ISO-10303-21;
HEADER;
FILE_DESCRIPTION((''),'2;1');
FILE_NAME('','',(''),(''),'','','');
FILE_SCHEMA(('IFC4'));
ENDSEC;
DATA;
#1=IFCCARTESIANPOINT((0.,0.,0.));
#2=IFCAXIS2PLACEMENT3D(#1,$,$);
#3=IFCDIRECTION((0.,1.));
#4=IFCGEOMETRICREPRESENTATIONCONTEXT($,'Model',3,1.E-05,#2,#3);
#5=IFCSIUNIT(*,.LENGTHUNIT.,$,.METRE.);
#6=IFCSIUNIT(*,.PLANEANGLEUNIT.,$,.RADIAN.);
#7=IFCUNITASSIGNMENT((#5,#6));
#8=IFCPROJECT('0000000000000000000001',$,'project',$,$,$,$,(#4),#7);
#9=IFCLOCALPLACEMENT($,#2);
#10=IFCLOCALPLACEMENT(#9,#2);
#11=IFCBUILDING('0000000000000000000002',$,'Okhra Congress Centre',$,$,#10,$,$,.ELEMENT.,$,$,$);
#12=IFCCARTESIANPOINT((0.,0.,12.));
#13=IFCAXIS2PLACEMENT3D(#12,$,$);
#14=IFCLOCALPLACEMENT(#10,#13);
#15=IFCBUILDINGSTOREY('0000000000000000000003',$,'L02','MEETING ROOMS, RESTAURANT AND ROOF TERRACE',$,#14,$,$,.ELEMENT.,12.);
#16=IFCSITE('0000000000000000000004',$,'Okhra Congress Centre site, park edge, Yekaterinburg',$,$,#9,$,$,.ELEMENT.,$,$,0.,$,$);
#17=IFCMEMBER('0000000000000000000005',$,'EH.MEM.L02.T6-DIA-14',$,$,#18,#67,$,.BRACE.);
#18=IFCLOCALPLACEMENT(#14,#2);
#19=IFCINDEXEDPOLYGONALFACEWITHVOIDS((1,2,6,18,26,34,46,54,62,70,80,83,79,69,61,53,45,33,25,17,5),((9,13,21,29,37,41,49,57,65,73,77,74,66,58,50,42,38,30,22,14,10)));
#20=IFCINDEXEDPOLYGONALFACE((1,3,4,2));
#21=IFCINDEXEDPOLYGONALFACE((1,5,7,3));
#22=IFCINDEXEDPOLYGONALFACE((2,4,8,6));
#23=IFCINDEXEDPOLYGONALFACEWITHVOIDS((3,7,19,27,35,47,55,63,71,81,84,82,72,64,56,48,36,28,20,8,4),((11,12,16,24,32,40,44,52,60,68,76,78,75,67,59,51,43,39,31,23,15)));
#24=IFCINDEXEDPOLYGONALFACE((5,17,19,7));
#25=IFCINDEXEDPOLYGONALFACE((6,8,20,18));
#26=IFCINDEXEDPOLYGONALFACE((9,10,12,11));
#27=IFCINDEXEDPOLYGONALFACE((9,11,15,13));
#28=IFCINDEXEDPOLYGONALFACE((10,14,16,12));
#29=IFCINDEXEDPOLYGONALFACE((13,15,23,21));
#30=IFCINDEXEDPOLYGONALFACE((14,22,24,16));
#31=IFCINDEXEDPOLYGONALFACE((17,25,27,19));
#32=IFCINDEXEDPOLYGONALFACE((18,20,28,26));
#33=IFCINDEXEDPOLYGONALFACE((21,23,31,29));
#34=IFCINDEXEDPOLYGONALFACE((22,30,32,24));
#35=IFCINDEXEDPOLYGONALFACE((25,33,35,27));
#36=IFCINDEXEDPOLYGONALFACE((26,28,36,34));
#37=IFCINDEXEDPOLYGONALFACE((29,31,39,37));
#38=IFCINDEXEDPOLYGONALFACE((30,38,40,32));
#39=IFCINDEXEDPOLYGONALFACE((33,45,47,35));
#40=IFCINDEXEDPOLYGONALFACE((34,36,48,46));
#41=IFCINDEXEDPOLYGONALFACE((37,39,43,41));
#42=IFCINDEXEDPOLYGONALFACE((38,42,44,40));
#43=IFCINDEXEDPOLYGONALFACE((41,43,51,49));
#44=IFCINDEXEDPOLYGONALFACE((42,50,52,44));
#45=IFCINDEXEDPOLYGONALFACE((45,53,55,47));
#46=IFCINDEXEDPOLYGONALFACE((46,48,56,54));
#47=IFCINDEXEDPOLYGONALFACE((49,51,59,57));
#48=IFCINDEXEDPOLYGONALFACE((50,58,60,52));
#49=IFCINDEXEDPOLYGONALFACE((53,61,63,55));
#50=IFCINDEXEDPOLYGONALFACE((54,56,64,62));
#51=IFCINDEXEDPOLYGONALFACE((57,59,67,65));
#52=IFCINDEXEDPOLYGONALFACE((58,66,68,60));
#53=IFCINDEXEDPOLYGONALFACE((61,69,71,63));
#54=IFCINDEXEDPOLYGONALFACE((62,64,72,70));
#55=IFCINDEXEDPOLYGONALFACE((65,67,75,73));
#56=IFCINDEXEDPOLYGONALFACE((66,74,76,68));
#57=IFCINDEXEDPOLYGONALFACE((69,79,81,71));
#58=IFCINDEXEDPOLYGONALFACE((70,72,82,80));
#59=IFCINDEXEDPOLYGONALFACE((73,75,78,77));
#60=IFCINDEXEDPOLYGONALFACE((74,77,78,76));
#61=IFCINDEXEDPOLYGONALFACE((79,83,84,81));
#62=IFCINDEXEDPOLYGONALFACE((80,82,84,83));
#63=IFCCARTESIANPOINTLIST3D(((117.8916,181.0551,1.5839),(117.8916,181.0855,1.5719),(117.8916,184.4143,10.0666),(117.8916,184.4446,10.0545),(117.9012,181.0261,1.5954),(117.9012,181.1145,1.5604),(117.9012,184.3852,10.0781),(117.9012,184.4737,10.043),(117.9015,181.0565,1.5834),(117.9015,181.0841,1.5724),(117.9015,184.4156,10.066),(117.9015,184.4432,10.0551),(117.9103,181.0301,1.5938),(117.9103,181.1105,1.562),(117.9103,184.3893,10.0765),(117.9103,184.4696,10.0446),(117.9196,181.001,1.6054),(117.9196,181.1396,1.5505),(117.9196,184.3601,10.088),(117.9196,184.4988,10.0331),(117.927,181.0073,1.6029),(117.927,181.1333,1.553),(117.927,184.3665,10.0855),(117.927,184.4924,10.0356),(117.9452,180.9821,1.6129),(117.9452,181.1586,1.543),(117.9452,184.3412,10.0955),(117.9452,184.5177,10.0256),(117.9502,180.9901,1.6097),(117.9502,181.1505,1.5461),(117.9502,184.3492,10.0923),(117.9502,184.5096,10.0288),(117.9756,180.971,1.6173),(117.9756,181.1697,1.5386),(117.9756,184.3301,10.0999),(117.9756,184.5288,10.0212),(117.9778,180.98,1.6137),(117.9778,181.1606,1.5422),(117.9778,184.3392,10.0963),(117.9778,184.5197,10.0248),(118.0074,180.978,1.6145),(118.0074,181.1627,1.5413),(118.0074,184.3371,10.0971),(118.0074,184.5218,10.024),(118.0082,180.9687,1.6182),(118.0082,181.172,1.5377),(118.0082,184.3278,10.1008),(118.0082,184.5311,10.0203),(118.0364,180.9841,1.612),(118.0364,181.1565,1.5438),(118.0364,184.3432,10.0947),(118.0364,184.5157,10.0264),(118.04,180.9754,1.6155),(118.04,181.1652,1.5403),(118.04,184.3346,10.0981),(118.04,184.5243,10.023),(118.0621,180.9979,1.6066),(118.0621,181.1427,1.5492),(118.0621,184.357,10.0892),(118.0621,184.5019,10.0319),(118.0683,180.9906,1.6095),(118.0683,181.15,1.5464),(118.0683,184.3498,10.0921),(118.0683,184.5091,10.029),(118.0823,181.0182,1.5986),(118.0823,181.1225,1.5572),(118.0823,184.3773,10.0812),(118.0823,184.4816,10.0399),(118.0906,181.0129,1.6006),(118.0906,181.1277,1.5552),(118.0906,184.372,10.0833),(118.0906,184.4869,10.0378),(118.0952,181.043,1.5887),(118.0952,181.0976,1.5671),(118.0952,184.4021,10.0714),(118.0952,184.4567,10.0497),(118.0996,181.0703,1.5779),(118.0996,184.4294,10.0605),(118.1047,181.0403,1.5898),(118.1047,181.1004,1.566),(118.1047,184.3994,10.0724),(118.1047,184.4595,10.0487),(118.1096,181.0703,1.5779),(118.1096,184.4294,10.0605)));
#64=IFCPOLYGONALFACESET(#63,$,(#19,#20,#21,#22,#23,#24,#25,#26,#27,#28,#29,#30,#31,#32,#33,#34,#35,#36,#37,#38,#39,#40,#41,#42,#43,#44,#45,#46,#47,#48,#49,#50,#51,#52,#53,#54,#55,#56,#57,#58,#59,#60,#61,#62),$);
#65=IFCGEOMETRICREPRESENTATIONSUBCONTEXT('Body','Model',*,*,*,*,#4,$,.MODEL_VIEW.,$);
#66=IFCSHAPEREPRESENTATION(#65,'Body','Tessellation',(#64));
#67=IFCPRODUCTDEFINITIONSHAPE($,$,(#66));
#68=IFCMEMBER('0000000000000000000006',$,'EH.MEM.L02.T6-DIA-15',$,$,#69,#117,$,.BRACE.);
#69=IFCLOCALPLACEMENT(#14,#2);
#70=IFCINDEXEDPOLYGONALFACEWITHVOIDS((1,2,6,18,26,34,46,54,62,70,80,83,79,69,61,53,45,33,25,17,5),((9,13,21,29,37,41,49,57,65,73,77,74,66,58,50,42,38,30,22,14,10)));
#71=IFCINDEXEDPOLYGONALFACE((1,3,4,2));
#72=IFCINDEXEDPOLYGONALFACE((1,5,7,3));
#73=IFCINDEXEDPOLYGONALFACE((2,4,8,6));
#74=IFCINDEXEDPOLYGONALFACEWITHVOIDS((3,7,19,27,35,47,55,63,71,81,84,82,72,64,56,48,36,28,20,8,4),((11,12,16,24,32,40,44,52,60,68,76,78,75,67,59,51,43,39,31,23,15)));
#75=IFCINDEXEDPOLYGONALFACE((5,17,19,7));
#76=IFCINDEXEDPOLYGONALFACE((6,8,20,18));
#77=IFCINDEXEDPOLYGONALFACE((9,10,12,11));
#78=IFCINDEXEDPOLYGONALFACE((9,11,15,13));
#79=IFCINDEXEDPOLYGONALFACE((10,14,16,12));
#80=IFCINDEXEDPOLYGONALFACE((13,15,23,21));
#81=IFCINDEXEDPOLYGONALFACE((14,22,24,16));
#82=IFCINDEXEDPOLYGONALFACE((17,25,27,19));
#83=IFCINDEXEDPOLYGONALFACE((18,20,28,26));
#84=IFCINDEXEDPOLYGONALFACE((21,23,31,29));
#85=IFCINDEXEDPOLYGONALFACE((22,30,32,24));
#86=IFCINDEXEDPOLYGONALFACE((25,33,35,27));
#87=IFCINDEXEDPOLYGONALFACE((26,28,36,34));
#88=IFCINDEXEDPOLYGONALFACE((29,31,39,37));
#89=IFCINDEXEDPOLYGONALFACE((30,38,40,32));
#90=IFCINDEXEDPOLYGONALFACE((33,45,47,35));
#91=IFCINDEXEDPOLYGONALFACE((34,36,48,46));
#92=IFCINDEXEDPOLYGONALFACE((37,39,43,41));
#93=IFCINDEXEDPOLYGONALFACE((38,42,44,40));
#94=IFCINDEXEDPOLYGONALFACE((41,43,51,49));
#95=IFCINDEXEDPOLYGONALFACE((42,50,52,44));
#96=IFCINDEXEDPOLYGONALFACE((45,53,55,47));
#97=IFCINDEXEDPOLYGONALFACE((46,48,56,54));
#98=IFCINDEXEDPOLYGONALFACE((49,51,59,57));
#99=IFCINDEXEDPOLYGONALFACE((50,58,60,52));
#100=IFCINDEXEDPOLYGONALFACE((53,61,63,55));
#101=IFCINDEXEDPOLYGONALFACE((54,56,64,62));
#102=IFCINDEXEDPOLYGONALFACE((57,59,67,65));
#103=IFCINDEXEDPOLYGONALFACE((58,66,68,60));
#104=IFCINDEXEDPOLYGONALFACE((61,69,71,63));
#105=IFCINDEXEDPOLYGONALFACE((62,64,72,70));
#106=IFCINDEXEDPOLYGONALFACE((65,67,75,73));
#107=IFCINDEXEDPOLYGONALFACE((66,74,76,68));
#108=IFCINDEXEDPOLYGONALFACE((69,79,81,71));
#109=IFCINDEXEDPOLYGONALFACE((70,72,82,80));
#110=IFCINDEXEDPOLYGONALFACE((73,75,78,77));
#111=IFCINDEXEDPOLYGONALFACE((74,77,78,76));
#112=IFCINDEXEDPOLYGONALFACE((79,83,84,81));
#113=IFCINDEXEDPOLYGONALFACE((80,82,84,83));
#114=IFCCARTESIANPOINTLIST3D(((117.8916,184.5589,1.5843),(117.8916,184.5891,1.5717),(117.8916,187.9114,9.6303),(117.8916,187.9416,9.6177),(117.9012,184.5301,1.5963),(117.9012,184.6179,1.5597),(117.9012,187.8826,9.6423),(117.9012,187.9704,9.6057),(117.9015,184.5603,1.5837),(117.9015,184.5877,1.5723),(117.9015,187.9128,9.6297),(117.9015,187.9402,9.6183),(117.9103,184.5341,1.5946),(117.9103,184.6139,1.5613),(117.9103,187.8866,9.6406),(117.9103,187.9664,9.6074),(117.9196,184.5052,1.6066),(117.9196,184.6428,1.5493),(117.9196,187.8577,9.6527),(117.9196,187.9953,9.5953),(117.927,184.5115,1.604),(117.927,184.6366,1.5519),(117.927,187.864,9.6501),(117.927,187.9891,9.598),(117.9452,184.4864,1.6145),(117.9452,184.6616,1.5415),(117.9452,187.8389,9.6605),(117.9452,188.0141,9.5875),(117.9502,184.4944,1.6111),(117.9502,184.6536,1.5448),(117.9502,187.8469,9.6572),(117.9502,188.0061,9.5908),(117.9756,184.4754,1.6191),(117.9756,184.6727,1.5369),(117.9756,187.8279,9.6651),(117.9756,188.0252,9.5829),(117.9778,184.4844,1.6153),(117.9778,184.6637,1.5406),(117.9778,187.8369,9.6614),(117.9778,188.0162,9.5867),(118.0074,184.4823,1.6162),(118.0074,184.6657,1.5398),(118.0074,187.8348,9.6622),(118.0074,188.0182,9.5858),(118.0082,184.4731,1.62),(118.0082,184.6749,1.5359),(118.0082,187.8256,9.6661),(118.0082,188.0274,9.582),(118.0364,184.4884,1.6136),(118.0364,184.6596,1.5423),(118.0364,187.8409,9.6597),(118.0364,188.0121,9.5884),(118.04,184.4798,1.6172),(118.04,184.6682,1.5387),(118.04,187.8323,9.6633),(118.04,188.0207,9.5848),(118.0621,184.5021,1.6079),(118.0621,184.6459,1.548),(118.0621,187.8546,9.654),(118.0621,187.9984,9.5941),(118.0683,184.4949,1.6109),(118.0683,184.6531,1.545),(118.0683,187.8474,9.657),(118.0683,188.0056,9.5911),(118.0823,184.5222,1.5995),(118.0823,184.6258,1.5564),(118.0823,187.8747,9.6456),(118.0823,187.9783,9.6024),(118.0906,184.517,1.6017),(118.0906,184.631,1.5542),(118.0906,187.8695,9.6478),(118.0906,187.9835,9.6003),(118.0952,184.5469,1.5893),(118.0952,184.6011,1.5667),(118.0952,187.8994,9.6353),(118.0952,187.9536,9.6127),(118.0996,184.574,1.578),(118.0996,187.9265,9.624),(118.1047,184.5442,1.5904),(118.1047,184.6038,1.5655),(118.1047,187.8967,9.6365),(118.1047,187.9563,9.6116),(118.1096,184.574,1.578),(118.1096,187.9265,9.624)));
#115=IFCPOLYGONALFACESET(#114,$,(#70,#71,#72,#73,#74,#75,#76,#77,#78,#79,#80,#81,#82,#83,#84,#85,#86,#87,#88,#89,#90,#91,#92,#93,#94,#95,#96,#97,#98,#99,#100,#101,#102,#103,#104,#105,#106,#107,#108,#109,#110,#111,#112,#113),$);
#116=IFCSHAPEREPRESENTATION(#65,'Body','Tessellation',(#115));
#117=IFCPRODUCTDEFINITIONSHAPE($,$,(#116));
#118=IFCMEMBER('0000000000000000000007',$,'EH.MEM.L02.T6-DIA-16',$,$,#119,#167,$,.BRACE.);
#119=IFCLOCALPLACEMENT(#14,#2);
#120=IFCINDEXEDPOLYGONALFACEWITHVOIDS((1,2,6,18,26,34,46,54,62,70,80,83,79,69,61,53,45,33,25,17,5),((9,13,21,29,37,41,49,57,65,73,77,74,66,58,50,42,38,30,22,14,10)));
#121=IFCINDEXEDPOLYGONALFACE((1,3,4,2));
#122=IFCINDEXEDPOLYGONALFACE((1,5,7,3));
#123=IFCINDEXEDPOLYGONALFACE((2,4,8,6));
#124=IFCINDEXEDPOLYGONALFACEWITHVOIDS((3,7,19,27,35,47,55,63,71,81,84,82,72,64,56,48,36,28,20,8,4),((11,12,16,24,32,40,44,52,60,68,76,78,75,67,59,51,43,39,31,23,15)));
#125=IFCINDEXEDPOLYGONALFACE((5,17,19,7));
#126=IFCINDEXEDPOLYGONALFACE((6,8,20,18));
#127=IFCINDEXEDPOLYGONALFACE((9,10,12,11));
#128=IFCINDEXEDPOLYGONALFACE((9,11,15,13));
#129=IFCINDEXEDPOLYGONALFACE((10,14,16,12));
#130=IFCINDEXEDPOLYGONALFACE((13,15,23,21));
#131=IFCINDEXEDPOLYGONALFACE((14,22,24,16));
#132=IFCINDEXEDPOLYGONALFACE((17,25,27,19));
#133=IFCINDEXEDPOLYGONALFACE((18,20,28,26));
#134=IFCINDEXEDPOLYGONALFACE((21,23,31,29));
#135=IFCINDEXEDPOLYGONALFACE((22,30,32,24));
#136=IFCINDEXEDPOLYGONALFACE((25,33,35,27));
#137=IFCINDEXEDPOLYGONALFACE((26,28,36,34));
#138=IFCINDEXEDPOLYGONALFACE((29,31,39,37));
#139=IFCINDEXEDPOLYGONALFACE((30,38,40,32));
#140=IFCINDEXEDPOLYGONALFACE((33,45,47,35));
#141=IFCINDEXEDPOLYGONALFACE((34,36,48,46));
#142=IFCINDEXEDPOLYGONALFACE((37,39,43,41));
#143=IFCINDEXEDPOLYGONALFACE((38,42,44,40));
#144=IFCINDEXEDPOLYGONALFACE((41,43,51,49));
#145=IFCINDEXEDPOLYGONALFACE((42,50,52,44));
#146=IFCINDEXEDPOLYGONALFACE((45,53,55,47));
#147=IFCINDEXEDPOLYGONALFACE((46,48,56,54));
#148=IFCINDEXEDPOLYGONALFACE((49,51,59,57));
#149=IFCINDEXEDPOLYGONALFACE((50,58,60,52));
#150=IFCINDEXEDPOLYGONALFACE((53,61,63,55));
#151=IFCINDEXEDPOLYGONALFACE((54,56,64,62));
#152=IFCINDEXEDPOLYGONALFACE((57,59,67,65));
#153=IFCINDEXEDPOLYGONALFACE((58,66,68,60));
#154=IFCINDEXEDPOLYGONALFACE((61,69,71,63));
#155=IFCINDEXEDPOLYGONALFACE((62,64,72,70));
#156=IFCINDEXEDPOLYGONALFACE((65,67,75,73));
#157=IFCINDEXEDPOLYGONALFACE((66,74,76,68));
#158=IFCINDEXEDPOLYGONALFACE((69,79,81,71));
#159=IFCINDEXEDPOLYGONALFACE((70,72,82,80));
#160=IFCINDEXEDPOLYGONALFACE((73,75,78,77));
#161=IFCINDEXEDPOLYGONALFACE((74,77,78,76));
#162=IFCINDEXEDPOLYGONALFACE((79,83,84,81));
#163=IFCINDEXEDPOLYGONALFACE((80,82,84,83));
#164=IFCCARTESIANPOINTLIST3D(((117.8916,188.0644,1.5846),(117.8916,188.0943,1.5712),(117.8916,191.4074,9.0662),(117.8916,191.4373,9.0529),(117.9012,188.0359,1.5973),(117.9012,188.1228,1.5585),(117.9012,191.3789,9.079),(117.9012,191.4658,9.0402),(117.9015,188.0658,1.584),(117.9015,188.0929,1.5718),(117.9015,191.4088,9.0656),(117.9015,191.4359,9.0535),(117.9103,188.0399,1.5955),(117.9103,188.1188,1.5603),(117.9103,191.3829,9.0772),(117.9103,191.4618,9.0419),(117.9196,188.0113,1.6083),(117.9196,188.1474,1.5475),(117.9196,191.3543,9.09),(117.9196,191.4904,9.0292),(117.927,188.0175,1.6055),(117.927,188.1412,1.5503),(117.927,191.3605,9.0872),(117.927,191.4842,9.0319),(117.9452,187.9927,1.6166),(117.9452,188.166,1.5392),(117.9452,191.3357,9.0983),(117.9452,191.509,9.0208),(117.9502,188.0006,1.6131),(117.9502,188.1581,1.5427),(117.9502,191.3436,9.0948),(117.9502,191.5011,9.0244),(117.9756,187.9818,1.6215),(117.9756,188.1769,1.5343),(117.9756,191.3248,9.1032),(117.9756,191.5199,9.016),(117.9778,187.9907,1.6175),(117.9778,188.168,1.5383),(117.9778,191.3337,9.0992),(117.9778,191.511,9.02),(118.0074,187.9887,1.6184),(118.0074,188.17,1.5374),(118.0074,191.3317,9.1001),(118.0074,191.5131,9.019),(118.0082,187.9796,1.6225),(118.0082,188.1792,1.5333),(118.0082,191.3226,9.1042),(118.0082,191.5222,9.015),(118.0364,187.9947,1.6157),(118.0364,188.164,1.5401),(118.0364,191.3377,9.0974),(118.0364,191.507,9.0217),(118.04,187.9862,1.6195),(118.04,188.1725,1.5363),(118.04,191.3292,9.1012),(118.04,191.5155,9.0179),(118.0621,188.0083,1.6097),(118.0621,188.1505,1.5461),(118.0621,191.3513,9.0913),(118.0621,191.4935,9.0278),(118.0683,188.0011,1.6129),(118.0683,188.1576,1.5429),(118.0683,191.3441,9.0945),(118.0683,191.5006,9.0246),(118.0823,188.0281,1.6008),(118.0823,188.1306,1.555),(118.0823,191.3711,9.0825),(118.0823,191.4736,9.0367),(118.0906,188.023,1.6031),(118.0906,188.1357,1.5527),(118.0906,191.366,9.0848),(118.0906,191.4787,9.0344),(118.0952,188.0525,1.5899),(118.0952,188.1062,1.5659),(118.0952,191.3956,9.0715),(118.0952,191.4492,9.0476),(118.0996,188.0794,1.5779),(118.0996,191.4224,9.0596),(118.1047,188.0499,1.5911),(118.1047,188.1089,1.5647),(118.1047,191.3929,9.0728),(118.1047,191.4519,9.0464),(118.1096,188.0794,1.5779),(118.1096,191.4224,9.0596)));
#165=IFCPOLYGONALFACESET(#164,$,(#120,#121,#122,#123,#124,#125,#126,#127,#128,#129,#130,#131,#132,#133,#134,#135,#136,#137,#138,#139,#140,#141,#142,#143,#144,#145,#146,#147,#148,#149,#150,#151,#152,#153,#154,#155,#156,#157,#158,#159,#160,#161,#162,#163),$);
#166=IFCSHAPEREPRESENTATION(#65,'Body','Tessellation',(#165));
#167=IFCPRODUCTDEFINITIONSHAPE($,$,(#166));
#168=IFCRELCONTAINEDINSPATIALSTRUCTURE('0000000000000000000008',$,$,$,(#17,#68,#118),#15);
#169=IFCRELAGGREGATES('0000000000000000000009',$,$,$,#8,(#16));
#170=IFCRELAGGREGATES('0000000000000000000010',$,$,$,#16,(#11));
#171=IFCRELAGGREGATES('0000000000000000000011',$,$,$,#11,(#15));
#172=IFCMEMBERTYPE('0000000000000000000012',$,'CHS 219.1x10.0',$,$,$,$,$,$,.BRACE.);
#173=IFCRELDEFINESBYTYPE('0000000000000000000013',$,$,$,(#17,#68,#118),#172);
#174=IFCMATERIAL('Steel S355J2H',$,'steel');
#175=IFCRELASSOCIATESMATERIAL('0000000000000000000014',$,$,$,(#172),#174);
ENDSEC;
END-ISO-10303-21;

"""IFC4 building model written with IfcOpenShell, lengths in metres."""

from ifc_helpers import new_model, si_unit, direction, frame, origin, origin_2d, place, context, subcontext, project, spatial, hollow_circle, extrude, material, material_profile, profile_set, type_object, element, save


model = new_model("IFC4")

# Units and contexts
model_context = context("Model", 3, precision=1e-05, world=origin(), true_north=direction((0.0, 1.0)))
body_context = subcontext(model_context, "Body", "Model", "MODEL_VIEW")
ifc_project = project(units=[si_unit("LENGTHUNIT", "METRE"), si_unit("PLANEANGLEUNIT", "RADIAN")], contexts=[model_context])

# Site, building, storey
site_placement = place(None, origin())
site = spatial("IfcSite", under=ifc_project, at=site_placement, Name="Okhra Congress Centre site, park edge, Yekaterinburg", CompositionType="ELEMENT", RefElevation=0.0)
building_placement = place(site_placement, origin())
building = spatial("IfcBuilding", under=site, at=building_placement, Name="Okhra Congress Centre", CompositionType="ELEMENT")
storey_placement = place(building_placement, frame((0.0, 0.0, 12.0)))
storey = spatial("IfcBuildingStorey", under=building, at=storey_placement, Name="L02", Description="MEETING ROOMS, RESTAURANT AND ROOF TERRACE", CompositionType="ELEMENT", Elevation=12.0)

# Members
ifc_material_1 = material(Name="Steel S355J2H", Category="steel")
ifc_material_profile_1 = material_profile(ifc_material_1, hollow_circle(Radius=0.1096, WallThickness=0.01, at=origin_2d()), Name="CHS 219.1x10.0")
ifc_profile_set_1 = profile_set([ifc_material_profile_1], Name="Steel S355J2H")
member_type_1 = type_object("IfcMemberType", Name="CHS 219.1x10.0", PredefinedType="BRACE", material=ifc_profile_set_1)
member_1_placement = place(storey_placement, frame((118.0, 184.4294, 10.0605), z_axis=(0.0, -0.368182, -0.929754), x_axis=(1.0, 0.0, 0.0)))
element("IfcMember", 1, at=member_1_placement, inside=storey, type_object=member_type_1, Name="EH.MEM.L02.T6-DIA-14", PredefinedType="BRACE", context=body_context, shape_type="SweptSolid", body=[
    extrude(hollow_circle(Radius=0.1096, WallThickness=0.01, at=origin_2d()), origin(), (0.0, 0.0, 1.0), 9.1235),
])
member_2_placement = place(storey_placement, frame((118.0, 187.9265, 9.624), z_axis=(0.0, -0.384613, -0.923078), x_axis=(1.0, 0.0, 0.0)))
element("IfcMember", 2, at=member_2_placement, inside=storey, type_object=member_type_1, Name="EH.MEM.L02.T6-DIA-15", PredefinedType="BRACE", context=body_context, shape_type="SweptSolid", body=[
    extrude(hollow_circle(Radius=0.1096, WallThickness=0.01, at=origin_2d()), origin(), (0.0, 0.0, 1.0), 8.7166),
])
member_3_placement = place(storey_placement, frame((118.0, 191.4224, 9.0596), z_axis=(0.0, -0.407954, -0.913003), x_axis=(1.0, 0.0, 0.0)))
element("IfcMember", 3, at=member_3_placement, inside=storey, type_object=member_type_1, Name="EH.MEM.L02.T6-DIA-16", PredefinedType="BRACE", context=body_context, shape_type="SweptSolid", body=[
    extrude(hollow_circle(Radius=0.1096, WallThickness=0.01, at=origin_2d()), origin(), (0.0, 0.0, 1.0), 8.1946),
])

save(model, "model.ifc")
